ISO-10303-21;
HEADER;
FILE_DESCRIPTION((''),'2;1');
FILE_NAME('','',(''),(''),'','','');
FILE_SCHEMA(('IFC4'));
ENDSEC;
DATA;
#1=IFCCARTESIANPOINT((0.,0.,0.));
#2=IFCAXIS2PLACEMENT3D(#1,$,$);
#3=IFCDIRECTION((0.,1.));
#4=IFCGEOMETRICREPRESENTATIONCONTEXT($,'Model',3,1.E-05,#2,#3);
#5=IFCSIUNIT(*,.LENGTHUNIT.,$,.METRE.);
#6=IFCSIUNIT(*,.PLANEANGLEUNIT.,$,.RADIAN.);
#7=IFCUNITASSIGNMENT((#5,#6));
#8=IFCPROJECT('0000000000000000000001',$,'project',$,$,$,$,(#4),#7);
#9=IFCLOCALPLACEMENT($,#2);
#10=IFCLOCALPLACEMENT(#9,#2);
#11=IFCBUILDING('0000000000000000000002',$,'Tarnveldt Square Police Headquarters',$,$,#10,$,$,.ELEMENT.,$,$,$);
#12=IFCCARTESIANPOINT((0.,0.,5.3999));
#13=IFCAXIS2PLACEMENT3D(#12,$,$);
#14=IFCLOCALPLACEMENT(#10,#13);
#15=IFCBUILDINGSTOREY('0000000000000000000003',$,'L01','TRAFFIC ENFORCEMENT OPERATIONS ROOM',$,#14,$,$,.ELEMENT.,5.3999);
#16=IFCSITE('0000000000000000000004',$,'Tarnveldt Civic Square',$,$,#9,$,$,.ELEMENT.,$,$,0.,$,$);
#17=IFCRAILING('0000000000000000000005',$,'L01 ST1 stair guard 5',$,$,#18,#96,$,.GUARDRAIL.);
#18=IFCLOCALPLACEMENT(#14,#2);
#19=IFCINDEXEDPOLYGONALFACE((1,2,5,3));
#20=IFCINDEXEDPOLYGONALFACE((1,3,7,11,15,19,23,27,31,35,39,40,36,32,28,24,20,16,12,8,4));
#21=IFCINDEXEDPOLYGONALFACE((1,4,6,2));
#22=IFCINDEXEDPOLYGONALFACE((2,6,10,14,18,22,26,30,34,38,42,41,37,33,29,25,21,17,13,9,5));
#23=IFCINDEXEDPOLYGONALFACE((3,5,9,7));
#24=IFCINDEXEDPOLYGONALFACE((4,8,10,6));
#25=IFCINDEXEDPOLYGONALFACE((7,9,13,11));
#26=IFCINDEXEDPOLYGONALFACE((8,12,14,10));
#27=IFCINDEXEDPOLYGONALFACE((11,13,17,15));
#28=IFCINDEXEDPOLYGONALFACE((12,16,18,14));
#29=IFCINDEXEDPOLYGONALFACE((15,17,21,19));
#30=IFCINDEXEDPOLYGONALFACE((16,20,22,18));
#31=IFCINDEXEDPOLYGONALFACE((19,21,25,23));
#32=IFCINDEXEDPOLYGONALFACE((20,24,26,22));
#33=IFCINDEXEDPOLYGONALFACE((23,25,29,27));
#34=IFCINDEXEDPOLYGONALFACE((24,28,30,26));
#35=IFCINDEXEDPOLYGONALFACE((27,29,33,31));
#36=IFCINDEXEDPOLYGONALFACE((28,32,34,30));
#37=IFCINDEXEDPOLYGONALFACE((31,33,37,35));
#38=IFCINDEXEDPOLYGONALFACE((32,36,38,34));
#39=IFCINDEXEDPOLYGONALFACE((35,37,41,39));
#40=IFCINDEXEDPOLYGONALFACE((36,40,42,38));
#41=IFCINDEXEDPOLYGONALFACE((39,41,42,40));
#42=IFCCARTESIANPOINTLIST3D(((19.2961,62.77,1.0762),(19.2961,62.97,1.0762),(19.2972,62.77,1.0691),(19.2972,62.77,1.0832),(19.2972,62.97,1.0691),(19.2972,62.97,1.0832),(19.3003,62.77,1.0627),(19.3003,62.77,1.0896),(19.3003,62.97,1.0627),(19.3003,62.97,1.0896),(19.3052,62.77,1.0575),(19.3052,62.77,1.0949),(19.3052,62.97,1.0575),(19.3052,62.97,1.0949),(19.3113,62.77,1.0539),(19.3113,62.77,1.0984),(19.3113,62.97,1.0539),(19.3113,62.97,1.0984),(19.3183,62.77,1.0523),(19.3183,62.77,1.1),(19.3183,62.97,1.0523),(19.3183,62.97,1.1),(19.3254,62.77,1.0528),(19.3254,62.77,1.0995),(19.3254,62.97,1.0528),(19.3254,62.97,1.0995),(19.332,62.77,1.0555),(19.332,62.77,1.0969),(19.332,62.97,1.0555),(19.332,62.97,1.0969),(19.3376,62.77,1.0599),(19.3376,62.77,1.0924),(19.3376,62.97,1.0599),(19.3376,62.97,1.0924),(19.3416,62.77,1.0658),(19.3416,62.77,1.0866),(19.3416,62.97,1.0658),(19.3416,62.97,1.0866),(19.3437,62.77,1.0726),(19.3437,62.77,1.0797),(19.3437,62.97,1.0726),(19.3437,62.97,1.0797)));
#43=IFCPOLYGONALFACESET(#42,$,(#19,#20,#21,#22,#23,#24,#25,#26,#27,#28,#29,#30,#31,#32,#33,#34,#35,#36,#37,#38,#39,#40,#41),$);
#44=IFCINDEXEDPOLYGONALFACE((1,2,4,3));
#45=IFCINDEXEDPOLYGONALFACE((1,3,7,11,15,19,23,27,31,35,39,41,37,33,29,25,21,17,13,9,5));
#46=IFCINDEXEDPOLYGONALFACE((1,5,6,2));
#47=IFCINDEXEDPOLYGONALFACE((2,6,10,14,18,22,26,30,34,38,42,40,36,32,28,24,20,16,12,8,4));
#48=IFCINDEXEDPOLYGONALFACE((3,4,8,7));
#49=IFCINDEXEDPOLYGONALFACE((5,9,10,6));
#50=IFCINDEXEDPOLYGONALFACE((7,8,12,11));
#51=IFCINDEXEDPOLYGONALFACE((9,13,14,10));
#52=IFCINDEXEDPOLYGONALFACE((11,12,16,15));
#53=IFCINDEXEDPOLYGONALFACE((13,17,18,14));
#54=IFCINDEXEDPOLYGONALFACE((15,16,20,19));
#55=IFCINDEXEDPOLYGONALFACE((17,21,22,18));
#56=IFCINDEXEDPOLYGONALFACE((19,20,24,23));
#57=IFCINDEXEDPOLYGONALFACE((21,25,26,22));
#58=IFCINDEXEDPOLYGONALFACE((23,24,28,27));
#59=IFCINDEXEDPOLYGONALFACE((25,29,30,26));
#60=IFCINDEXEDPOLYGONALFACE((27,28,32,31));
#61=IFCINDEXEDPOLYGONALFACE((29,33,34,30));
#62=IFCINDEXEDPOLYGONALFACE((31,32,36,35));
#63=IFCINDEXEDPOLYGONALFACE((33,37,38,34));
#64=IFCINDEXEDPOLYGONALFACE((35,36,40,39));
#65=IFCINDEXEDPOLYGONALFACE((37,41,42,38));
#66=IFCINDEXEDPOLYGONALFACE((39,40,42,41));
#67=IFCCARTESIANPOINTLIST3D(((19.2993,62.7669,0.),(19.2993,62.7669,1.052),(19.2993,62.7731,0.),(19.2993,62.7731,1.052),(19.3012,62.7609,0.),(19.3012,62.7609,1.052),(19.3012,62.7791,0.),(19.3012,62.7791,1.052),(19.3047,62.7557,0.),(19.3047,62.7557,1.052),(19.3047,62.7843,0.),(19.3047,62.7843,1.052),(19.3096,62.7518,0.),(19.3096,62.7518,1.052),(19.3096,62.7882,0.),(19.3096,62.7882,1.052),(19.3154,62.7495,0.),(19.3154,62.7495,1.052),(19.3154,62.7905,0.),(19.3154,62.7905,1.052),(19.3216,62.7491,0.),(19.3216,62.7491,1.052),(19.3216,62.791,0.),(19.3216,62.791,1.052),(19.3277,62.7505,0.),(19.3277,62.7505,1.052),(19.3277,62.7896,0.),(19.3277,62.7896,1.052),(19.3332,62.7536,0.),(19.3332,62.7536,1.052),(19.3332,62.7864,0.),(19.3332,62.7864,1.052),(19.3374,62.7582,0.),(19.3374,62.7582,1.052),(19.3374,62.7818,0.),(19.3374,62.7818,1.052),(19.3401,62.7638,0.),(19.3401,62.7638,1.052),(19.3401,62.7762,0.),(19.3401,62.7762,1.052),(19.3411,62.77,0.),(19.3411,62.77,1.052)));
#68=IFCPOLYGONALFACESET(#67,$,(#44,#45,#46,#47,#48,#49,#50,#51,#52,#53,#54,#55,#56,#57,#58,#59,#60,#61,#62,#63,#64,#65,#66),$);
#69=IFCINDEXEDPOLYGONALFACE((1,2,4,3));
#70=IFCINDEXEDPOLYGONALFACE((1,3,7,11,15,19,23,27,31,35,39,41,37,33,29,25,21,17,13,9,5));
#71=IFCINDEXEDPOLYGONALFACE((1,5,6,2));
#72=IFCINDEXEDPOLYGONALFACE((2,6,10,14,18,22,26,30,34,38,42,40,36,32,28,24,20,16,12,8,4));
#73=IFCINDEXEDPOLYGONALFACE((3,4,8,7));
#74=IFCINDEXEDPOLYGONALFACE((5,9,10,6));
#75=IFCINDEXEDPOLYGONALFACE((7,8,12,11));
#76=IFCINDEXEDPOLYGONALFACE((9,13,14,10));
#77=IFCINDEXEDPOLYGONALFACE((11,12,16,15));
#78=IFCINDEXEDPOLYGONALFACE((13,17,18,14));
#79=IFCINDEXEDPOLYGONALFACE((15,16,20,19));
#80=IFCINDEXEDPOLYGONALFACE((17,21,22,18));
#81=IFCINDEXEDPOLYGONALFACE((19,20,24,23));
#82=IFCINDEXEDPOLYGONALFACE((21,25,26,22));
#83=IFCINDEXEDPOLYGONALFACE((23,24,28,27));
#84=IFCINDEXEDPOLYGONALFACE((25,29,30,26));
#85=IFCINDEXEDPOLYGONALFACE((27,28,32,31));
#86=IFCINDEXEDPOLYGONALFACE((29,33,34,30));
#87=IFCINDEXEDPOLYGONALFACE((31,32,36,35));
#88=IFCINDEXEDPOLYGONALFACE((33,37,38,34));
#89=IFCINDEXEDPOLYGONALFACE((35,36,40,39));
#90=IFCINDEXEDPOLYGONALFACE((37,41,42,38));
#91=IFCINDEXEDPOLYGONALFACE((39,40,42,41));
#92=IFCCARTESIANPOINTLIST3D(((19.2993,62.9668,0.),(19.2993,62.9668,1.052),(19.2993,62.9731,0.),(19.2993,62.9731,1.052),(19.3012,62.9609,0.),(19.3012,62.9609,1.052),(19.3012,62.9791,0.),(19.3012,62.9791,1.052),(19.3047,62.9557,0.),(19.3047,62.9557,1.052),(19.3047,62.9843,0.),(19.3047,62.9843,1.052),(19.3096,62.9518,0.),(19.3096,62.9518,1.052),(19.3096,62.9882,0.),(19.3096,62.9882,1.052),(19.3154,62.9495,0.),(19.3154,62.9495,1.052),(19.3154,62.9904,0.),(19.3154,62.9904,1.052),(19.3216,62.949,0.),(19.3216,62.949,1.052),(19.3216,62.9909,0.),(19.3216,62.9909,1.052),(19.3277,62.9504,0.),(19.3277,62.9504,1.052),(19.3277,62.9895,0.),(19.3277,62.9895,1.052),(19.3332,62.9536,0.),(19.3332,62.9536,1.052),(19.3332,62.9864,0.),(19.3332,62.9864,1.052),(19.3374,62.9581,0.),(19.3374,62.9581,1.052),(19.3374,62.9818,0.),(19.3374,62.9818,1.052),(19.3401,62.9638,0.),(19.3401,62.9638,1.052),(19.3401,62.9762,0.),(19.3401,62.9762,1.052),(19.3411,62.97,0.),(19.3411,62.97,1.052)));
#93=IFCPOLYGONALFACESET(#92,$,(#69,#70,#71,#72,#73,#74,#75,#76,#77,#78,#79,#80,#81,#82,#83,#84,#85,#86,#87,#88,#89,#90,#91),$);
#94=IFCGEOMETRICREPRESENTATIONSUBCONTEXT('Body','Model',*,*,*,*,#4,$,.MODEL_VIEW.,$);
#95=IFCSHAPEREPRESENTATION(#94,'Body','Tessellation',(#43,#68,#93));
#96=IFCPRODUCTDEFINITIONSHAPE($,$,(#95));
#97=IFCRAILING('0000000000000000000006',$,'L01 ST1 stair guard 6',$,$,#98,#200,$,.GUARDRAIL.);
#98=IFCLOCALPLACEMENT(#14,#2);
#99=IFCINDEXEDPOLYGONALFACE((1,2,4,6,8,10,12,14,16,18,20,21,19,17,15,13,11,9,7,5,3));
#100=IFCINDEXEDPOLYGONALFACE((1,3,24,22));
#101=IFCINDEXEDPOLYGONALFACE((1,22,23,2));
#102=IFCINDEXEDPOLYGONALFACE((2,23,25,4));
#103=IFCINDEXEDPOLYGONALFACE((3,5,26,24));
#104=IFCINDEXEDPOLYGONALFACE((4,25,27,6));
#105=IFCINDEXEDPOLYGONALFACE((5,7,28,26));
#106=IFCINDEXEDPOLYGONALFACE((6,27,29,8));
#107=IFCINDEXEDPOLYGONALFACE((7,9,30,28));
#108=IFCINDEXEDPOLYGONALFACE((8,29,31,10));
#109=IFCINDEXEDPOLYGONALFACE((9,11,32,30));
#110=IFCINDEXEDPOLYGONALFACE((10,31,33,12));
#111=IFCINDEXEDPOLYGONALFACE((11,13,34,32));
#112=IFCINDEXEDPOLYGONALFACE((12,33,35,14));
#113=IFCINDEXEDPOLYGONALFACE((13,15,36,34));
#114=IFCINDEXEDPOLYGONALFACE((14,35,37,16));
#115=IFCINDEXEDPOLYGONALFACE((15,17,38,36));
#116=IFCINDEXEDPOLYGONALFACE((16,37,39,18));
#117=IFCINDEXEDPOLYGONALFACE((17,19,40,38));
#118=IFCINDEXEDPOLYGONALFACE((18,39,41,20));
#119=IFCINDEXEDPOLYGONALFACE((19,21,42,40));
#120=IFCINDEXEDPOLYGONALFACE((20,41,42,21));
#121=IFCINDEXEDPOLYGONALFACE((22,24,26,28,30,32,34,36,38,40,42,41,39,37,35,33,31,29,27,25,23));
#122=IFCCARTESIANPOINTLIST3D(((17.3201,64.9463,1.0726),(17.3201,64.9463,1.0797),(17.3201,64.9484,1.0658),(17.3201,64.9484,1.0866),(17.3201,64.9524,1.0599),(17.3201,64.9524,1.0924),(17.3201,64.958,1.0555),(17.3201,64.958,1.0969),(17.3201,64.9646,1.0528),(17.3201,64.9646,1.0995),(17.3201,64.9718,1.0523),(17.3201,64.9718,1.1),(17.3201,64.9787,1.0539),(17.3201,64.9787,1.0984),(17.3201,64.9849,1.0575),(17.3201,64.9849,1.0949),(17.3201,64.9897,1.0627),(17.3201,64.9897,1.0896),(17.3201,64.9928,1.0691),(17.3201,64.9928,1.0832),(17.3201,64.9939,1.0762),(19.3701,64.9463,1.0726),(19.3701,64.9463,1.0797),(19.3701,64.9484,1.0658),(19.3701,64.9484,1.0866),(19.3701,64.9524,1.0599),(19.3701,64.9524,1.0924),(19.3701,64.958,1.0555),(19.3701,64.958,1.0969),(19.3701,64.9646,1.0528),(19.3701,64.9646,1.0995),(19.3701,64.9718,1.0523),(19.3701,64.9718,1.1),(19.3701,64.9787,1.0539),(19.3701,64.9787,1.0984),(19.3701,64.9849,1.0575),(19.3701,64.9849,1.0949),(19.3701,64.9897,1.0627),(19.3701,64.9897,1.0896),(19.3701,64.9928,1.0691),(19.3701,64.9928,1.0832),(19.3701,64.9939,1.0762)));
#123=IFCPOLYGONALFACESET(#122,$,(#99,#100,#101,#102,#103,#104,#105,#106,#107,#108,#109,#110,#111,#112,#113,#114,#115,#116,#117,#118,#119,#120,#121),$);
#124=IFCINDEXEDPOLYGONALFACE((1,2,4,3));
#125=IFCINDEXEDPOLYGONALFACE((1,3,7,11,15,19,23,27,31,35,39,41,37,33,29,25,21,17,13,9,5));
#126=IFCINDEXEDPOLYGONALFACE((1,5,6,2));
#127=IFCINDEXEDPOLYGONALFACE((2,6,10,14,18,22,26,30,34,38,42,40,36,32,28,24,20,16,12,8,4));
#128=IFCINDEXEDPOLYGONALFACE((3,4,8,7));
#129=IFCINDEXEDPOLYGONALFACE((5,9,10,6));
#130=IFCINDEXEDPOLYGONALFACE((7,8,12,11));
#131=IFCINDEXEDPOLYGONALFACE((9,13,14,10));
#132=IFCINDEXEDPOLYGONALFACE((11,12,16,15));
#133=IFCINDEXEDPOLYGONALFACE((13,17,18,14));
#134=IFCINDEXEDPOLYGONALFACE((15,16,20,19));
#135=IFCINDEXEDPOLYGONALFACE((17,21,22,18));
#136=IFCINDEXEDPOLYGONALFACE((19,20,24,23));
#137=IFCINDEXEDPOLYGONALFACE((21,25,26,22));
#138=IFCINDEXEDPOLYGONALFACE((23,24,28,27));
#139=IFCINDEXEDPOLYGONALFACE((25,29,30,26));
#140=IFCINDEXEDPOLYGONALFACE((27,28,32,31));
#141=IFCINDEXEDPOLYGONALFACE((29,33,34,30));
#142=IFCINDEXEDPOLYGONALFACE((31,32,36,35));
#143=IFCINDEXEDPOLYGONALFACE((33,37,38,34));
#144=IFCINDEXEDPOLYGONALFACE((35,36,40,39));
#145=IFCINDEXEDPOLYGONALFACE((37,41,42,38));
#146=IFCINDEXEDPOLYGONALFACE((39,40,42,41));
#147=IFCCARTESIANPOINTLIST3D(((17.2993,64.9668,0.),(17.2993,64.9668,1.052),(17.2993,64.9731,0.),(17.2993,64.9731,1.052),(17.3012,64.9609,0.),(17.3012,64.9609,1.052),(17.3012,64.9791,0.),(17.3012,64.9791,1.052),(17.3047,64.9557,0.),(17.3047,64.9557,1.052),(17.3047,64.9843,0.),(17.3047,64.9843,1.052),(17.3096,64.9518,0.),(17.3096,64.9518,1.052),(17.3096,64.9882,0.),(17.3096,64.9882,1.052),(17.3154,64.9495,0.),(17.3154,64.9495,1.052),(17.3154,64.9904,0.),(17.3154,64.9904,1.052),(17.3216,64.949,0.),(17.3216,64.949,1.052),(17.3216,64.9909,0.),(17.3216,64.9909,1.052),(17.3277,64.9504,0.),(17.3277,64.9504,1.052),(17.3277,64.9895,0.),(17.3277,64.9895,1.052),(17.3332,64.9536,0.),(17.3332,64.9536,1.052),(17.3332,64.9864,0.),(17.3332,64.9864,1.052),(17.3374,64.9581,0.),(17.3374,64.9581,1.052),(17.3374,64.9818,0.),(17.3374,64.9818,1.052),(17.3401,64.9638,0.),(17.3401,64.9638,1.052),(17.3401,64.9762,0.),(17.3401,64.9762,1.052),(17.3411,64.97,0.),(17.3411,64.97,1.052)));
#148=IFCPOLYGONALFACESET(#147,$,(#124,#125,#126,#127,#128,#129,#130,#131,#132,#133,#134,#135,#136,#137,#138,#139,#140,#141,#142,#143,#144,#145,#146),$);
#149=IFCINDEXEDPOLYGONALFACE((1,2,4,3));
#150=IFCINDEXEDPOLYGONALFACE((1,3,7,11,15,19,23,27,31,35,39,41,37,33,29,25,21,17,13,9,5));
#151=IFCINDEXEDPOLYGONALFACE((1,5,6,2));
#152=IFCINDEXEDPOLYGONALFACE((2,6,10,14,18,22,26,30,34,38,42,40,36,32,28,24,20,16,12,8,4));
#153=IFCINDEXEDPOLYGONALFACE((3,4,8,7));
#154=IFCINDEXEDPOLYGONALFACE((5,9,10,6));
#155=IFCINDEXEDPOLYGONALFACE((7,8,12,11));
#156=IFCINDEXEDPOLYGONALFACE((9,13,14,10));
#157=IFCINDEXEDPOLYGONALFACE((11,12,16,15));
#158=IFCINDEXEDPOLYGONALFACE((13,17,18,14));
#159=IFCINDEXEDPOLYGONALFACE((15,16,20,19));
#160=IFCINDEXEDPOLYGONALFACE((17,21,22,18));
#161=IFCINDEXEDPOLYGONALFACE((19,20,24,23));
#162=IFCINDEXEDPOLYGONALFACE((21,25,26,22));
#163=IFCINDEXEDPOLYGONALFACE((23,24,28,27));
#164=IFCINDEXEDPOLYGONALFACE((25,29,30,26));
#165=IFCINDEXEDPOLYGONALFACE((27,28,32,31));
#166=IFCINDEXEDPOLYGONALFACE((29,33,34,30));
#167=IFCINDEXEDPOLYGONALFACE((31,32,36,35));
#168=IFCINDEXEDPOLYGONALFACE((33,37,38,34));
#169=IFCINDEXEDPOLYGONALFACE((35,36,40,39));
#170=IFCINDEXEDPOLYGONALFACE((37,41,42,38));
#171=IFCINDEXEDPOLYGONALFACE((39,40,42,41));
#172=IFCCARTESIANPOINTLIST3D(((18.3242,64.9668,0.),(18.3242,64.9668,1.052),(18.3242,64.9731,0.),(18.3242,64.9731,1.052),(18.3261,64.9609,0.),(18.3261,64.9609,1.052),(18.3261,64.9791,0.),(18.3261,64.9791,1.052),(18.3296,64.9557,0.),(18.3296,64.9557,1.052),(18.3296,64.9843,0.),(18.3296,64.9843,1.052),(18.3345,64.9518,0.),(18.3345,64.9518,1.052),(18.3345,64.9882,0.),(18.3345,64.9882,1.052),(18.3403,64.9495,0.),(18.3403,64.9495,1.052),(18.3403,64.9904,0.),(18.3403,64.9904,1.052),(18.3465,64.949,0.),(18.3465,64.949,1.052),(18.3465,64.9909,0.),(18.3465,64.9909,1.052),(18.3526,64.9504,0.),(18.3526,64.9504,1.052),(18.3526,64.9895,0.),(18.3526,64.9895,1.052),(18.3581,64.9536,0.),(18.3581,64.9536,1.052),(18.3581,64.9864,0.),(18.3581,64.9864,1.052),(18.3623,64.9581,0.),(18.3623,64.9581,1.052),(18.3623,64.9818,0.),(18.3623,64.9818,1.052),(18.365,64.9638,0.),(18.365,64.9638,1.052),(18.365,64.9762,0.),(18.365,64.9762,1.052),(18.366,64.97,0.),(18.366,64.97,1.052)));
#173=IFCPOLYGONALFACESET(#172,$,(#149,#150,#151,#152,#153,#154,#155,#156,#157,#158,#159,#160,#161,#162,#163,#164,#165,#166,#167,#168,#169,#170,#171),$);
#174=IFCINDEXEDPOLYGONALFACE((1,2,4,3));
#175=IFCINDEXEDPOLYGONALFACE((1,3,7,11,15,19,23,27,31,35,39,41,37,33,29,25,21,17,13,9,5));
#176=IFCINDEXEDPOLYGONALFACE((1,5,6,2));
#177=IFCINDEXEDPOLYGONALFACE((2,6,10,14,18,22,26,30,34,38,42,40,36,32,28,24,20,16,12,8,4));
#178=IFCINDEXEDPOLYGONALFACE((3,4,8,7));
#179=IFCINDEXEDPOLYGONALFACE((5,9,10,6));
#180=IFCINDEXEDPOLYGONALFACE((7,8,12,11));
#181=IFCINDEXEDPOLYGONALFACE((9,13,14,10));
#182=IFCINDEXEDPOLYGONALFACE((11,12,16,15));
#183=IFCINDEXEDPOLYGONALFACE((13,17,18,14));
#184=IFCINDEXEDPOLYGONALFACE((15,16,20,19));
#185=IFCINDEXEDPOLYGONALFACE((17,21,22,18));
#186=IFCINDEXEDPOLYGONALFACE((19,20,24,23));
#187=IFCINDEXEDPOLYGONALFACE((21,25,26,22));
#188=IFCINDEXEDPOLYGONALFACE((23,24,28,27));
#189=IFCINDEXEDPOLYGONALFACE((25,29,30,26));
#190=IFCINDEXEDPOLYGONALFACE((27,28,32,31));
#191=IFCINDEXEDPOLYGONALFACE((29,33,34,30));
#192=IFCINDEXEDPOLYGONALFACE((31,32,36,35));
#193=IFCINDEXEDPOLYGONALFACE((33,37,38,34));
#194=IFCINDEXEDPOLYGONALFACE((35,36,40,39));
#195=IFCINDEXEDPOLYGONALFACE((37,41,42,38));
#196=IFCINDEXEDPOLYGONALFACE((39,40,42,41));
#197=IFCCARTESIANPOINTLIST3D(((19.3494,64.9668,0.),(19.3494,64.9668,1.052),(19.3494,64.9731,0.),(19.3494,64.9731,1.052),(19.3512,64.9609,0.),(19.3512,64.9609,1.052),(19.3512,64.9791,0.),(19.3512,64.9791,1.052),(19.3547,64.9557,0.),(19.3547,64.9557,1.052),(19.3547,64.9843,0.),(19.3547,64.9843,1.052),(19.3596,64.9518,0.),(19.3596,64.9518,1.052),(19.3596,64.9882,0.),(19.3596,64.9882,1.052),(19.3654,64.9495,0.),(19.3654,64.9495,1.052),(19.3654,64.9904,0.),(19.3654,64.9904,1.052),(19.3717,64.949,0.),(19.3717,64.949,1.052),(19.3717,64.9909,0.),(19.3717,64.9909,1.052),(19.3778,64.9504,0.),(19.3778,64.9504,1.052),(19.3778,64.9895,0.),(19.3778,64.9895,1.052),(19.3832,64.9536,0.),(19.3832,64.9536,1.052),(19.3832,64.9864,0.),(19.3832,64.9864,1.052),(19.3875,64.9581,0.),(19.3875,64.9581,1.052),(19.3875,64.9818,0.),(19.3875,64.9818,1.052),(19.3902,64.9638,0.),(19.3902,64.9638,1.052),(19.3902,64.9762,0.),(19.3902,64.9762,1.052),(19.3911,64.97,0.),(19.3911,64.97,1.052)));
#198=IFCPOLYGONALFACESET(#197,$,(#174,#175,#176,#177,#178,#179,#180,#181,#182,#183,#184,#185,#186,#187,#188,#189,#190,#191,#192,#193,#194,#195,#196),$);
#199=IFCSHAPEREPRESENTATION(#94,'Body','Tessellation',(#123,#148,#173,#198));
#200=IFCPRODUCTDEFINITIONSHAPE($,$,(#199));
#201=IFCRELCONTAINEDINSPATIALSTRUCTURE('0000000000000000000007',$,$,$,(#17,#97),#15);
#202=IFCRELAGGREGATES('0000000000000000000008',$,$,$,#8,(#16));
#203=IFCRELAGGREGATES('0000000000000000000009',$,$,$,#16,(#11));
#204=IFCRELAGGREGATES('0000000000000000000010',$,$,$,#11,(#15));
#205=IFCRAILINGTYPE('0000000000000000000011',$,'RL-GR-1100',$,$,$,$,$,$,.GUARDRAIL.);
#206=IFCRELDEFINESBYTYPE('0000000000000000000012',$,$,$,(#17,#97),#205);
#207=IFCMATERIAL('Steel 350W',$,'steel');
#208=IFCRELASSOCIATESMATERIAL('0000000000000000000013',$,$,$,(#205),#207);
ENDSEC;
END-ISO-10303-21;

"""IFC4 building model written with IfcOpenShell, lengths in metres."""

from ifc_helpers import new_model, si_unit, direction, frame, origin, origin_2d, place, context, subcontext, project, spatial, circle, extrude, material, type_object, element, save


model = new_model("IFC4")

# Units and contexts
model_context = context("Model", 3, precision=1e-05, world=origin(), true_north=direction((0.0, 1.0)))
body_context = subcontext(model_context, "Body", "Model", "MODEL_VIEW")
ifc_project = project(units=[si_unit("LENGTHUNIT", "METRE"), si_unit("PLANEANGLEUNIT", "RADIAN")], contexts=[model_context])

# Site, building, storey
site_placement = place(None, origin())
site = spatial("IfcSite", under=ifc_project, at=site_placement, Name="Tarnveldt Civic Square", CompositionType="ELEMENT", RefElevation=0.0)
building_placement = place(site_placement, origin())
building = spatial("IfcBuilding", under=site, at=building_placement, Name="Tarnveldt Square Police Headquarters", CompositionType="ELEMENT")
storey_placement = place(building_placement, frame((0.0, 0.0, 5.3999)))
storey = spatial("IfcBuildingStorey", under=building, at=storey_placement, Name="L01", Description="TRAFFIC ENFORCEMENT OPERATIONS ROOM", CompositionType="ELEMENT", Elevation=5.3999)

# Shared definitions
ifc_material_1 = material(Name="Steel 350W", Category="steel")

# Railings
railing_type_1 = type_object("IfcRailingType", Name="RL-GR-1100", PredefinedType="GUARDRAIL", material=ifc_material_1)
railing_1_placement = place(storey_placement, frame((19.3201, 62.77, 0.0)))
element("IfcRailing", 1, at=railing_1_placement, inside=storey, type_object=railing_type_1, Name="L01 ST1 stair guard 5", PredefinedType="GUARDRAIL", context=body_context, shape_type="SweptSolid", body=[
    extrude(circle(Radius=0.0239, at=origin_2d()), frame((0.0, 0.0, 1.0762), z_axis=(0.0, 1.0, 0.0), x_axis=(-1.0, 0.0, 0.0)), (0.0, 0.0, 1.0), 0.2),
    extrude(circle(Radius=0.021, at=origin_2d()), origin(), (0.0, 0.0, 1.0), 1.052),
    extrude(circle(Radius=0.021, at=origin_2d()), frame((0.0, 0.2, 0.0)), (0.0, 0.0, 1.0), 1.052),
])
railing_2_placement = place(storey_placement, frame((17.3201, 64.97, 0.0)))
element("IfcRailing", 2, at=railing_2_placement, inside=storey, type_object=railing_type_1, Name="L01 ST1 stair guard 6", PredefinedType="GUARDRAIL", context=body_context, shape_type="SweptSolid", body=[
    extrude(circle(Radius=0.0239, at=origin_2d()), frame((0.0, 0.0, 1.0762), z_axis=(1.0, 0.0, 0.0), x_axis=(0.0, 1.0, 0.0)), (0.0, 0.0, 1.0), 2.05),
    extrude(circle(Radius=0.021, at=origin_2d()), origin(), (0.0, 0.0, 1.0), 1.052),
    extrude(circle(Radius=0.021, at=origin_2d()), frame((1.0249, 0.0, 0.0)), (0.0, 0.0, 1.0), 1.052),
    extrude(circle(Radius=0.021, at=origin_2d()), frame((2.05, 0.0, 0.0)), (0.0, 0.0, 1.0), 1.052),
])

save(model, "model.ifc")
